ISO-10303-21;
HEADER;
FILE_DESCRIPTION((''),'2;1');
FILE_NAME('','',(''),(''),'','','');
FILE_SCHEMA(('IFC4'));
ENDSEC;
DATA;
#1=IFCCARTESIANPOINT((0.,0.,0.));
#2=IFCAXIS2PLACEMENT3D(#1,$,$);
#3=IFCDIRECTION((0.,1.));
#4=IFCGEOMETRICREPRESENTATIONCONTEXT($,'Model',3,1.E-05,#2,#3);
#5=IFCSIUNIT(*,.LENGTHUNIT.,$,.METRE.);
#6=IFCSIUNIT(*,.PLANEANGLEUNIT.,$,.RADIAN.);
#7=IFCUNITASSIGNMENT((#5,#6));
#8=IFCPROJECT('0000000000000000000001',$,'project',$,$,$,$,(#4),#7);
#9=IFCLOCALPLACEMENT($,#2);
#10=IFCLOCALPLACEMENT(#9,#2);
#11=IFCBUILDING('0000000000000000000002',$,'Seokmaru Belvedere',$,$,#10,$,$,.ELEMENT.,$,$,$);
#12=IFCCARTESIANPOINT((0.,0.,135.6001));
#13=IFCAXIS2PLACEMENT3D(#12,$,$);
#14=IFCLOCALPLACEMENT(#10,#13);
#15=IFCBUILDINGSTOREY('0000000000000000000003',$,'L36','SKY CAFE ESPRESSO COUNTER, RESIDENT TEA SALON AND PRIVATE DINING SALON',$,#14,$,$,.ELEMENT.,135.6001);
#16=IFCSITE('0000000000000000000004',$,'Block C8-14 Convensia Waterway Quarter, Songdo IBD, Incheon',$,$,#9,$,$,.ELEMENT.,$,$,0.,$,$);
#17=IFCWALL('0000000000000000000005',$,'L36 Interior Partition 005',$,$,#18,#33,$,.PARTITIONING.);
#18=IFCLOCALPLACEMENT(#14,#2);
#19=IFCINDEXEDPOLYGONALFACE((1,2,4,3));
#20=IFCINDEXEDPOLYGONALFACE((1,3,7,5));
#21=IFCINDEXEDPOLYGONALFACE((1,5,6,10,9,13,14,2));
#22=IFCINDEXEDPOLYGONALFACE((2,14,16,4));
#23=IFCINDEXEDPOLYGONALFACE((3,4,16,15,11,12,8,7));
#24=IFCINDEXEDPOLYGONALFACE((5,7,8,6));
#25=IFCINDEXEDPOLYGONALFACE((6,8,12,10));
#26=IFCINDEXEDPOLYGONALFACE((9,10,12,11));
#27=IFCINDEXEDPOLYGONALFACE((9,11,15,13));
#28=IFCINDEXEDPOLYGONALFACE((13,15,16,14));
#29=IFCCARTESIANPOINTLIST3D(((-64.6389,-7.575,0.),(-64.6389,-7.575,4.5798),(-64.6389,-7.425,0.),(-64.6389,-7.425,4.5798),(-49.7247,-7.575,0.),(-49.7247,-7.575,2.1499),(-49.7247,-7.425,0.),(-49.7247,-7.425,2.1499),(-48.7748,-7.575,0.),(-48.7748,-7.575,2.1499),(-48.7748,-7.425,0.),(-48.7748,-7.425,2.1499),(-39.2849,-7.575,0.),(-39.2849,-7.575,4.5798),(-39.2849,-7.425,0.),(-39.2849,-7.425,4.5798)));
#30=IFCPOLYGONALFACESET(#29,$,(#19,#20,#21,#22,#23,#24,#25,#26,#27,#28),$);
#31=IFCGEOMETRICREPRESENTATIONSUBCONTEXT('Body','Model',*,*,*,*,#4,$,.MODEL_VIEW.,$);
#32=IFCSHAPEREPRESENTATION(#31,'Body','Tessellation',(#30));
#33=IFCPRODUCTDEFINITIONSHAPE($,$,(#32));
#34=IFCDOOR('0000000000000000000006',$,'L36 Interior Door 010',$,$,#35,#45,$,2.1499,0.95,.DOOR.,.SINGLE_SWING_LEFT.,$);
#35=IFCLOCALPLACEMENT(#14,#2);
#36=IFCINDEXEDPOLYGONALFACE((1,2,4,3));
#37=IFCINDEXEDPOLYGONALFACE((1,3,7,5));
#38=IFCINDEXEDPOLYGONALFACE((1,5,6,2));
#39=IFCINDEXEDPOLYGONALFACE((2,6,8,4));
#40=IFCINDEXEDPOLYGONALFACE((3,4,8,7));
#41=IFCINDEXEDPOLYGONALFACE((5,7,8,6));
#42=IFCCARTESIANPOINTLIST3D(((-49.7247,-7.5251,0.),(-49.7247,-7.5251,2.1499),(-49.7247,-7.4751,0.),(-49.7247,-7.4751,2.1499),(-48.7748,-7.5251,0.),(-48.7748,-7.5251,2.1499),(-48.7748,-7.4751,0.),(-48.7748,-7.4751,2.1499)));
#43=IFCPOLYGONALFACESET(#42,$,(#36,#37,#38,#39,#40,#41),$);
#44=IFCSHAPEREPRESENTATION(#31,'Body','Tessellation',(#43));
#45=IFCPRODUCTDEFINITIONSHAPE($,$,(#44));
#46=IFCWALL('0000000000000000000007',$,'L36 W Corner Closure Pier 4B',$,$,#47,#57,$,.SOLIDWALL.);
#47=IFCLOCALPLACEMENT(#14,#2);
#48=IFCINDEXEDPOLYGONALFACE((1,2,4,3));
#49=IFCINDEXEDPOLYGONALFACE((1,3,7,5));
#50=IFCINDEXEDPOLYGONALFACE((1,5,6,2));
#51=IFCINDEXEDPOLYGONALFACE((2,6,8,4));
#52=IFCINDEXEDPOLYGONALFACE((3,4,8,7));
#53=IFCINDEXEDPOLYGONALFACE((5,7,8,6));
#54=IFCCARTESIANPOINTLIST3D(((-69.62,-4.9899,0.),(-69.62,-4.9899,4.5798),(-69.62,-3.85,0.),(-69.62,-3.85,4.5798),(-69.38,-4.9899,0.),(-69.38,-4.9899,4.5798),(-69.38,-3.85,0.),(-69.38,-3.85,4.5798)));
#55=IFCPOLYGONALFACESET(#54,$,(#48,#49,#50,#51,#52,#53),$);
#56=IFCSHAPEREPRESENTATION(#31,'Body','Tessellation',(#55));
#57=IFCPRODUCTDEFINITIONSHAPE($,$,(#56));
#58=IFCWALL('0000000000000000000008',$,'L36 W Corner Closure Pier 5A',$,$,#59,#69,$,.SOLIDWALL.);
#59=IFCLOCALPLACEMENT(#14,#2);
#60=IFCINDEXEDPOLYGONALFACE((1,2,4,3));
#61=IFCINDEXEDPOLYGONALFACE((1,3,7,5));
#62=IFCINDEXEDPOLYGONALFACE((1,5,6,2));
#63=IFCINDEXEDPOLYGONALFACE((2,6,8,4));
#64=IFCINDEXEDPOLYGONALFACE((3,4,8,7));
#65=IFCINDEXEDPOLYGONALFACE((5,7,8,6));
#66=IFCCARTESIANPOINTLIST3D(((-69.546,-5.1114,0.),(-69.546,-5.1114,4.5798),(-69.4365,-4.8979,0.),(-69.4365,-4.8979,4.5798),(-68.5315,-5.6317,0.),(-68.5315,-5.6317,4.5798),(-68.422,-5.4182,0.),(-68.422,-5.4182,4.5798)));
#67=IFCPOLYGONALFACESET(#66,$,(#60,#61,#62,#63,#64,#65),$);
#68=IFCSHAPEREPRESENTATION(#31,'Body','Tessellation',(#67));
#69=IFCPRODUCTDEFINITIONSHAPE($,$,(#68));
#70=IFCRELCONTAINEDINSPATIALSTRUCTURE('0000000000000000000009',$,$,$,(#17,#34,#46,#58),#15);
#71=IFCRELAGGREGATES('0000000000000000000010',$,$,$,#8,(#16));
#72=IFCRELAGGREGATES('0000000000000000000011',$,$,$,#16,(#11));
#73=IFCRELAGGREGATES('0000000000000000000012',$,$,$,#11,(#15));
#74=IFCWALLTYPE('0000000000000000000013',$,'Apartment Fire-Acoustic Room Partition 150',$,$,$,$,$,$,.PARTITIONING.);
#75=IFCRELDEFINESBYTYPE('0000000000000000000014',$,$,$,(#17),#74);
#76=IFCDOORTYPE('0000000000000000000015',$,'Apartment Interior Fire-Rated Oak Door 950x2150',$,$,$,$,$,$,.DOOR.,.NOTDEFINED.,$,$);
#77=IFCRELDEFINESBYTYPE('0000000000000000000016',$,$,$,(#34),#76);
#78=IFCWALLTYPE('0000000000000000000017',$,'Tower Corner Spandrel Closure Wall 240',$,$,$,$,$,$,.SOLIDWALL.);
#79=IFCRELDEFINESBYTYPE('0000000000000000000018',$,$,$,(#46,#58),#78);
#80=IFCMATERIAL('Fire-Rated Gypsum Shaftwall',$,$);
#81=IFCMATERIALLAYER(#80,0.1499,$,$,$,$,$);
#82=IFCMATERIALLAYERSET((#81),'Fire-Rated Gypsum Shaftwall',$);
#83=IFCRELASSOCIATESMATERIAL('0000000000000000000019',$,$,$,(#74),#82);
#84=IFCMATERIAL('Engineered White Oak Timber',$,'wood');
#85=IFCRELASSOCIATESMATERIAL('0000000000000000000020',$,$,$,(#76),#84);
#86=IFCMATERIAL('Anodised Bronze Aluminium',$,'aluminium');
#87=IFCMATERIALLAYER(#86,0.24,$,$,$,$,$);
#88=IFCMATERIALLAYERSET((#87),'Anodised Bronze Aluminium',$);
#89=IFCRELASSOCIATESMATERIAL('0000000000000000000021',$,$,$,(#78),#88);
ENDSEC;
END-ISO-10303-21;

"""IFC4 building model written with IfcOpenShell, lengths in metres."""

from ifc_helpers import new_model, si_unit, direction, frame, frame_2d, origin, place, context, subcontext, project, spatial, rectangle, extrude, source, transform, mapped, material, layer, layer_set, type_object, type_shapes, element, fill, save


model = new_model("IFC4")

# Units and contexts
model_context = context("Model", 3, precision=1e-05, world=origin(), true_north=direction((0.0, 1.0)))
body_context = subcontext(model_context, "Body", "Model", "MODEL_VIEW")
ifc_project = project(units=[si_unit("LENGTHUNIT", "METRE"), si_unit("PLANEANGLEUNIT", "RADIAN")], contexts=[model_context])

# Site, building, storey
site_placement = place(None, origin())
site = spatial("IfcSite", under=ifc_project, at=site_placement, Name="Block C8-14 Convensia Waterway Quarter, Songdo IBD, Incheon", CompositionType="ELEMENT", RefElevation=0.0)
building_placement = place(site_placement, origin())
building = spatial("IfcBuilding", under=site, at=building_placement, Name="Seokmaru Belvedere", CompositionType="ELEMENT")
storey_placement = place(building_placement, frame((0.0, 0.0, 135.6001)))
storey = spatial("IfcBuildingStorey", under=building, at=storey_placement, Name="L36", Description="SKY CAFE ESPRESSO COUNTER, RESIDENT TEA SALON AND PRIVATE DINING SALON", CompositionType="ELEMENT", Elevation=135.6001)

# Shared definitions
ifc_material_1 = material(Name="Anodised Bronze Aluminium", Category="aluminium")

# Wall, opening, door
ifc_material_2 = material(Name="Fire-Rated Gypsum Shaftwall")
ifc_layer_1 = layer(ifc_material_2, 0.1499)
ifc_layer_set_1 = layer_set([ifc_layer_1], Name="Fire-Rated Gypsum Shaftwall")
wall_type_1 = type_object("IfcWallType", Name="Apartment Fire-Acoustic Room Partition 150", PredefinedType="PARTITIONING", material=ifc_layer_set_1)
ifc_material_3 = material(Name="Engineered White Oak Timber", Category="wood")
door_type = type_object("IfcDoorType", Name="Apartment Interior Fire-Rated Oak Door 950x2150", OperationType="NOTDEFINED", PredefinedType="DOOR", material=ifc_material_3)
shared_shape_1 = source(origin(), body_context, "Body", "SweptSolid", [
    extrude(rectangle(XDim=0.95, YDim=2.1499, at=frame_2d((0.4751, 1.075))), frame((0.0, 0.0249, 0.0), z_axis=(0.0, -1.0, 0.0), x_axis=(1.0, 0.0, 0.0)), (0.0, 0.0, 1.0), 0.05),
])
type_shapes(door_type, [shared_shape_1])
wall_1_placement = place(storey_placement, frame((-64.6389, -7.5, 0.0), z_axis=(0.0, 0.0, 1.0), x_axis=(1.0, 0.0, 0.0)))
wall_1 = element("IfcWall", 1, at=wall_1_placement, inside=storey, type_object=wall_type_1, Name="L36 Interior Partition 005", PredefinedType="PARTITIONING", context=body_context, shape_type="SweptSolid", body=[
    extrude(rectangle(XDim=25.354, YDim=0.1499, at=frame_2d((12.677, 0.0))), origin(), (0.0, 0.0, 1.0), 4.5798),
])
opening_1_placement = place(wall_1_placement, frame((14.9141, 0.0, 0.0)))
opening_1 = element("IfcOpeningElement", 2, at=opening_1_placement, cuts=wall_1, PredefinedType="OPENING", context=body_context, shape_type="SweptSolid", body=[
    extrude(rectangle(XDim=0.95, YDim=2.1499, at=frame_2d((0.4751, 1.075))), frame((0.0, 0.085, 0.0), z_axis=(0.0, -1.0, 0.0), x_axis=(1.0, 0.0, 0.0)), (0.0, 0.0, 1.0), 0.1699),
])
door_1_placement = place(opening_1_placement, origin())
door_1 = element("IfcDoor", 3, at=door_1_placement, inside=storey, type_object=door_type, Name="L36 Interior Door 010", OperationType="SINGLE_SWING_LEFT", OverallHeight=2.1499, OverallWidth=0.95, PredefinedType="DOOR", context=body_context, shape_type="MappedRepresentation", body=[
    mapped(shared_shape_1, transform((0.0, 0.0, 0.0), scale=1.0)),
])
fill(opening_1, door_1)

# Walls
ifc_layer_2 = layer(ifc_material_1, 0.24)
ifc_layer_set_2 = layer_set([ifc_layer_2], Name="Anodised Bronze Aluminium")
wall_type_2 = type_object("IfcWallType", Name="Tower Corner Spandrel Closure Wall 240", PredefinedType="SOLIDWALL", material=ifc_layer_set_2)
wall_2_placement = place(storey_placement, frame((-69.5, -3.8501, 0.0), z_axis=(0.0, 0.0, 1.0), x_axis=(0.0, -1.0, 0.0)))
element("IfcWall", 4, at=wall_2_placement, inside=storey, type_object=wall_type_2, Name="L36 W Corner Closure Pier 4B", PredefinedType="SOLIDWALL", context=body_context, shape_type="SweptSolid", body=[
    extrude(rectangle(XDim=1.1399, YDim=0.24, at=frame_2d((0.5698, 0.0))), origin(), (0.0, 0.0, 1.0), 4.5798),
])
wall_3_placement = place(storey_placement, frame((-69.4912, -5.0046, 0.0), z_axis=(0.0, 0.0, 1.0), x_axis=(0.889797, -0.456356, 0.0)))
element("IfcWall", 5, at=wall_3_placement, inside=storey, type_object=wall_type_2, Name="L36 W Corner Closure Pier 5A", PredefinedType="SOLIDWALL", context=body_context, shape_type="SweptSolid", body=[
    extrude(rectangle(XDim=1.1401, YDim=0.24, at=frame_2d((0.5701, 0.0))), origin(), (0.0, 0.0, 1.0), 4.5798),
])

save(model, "model.ifc")
